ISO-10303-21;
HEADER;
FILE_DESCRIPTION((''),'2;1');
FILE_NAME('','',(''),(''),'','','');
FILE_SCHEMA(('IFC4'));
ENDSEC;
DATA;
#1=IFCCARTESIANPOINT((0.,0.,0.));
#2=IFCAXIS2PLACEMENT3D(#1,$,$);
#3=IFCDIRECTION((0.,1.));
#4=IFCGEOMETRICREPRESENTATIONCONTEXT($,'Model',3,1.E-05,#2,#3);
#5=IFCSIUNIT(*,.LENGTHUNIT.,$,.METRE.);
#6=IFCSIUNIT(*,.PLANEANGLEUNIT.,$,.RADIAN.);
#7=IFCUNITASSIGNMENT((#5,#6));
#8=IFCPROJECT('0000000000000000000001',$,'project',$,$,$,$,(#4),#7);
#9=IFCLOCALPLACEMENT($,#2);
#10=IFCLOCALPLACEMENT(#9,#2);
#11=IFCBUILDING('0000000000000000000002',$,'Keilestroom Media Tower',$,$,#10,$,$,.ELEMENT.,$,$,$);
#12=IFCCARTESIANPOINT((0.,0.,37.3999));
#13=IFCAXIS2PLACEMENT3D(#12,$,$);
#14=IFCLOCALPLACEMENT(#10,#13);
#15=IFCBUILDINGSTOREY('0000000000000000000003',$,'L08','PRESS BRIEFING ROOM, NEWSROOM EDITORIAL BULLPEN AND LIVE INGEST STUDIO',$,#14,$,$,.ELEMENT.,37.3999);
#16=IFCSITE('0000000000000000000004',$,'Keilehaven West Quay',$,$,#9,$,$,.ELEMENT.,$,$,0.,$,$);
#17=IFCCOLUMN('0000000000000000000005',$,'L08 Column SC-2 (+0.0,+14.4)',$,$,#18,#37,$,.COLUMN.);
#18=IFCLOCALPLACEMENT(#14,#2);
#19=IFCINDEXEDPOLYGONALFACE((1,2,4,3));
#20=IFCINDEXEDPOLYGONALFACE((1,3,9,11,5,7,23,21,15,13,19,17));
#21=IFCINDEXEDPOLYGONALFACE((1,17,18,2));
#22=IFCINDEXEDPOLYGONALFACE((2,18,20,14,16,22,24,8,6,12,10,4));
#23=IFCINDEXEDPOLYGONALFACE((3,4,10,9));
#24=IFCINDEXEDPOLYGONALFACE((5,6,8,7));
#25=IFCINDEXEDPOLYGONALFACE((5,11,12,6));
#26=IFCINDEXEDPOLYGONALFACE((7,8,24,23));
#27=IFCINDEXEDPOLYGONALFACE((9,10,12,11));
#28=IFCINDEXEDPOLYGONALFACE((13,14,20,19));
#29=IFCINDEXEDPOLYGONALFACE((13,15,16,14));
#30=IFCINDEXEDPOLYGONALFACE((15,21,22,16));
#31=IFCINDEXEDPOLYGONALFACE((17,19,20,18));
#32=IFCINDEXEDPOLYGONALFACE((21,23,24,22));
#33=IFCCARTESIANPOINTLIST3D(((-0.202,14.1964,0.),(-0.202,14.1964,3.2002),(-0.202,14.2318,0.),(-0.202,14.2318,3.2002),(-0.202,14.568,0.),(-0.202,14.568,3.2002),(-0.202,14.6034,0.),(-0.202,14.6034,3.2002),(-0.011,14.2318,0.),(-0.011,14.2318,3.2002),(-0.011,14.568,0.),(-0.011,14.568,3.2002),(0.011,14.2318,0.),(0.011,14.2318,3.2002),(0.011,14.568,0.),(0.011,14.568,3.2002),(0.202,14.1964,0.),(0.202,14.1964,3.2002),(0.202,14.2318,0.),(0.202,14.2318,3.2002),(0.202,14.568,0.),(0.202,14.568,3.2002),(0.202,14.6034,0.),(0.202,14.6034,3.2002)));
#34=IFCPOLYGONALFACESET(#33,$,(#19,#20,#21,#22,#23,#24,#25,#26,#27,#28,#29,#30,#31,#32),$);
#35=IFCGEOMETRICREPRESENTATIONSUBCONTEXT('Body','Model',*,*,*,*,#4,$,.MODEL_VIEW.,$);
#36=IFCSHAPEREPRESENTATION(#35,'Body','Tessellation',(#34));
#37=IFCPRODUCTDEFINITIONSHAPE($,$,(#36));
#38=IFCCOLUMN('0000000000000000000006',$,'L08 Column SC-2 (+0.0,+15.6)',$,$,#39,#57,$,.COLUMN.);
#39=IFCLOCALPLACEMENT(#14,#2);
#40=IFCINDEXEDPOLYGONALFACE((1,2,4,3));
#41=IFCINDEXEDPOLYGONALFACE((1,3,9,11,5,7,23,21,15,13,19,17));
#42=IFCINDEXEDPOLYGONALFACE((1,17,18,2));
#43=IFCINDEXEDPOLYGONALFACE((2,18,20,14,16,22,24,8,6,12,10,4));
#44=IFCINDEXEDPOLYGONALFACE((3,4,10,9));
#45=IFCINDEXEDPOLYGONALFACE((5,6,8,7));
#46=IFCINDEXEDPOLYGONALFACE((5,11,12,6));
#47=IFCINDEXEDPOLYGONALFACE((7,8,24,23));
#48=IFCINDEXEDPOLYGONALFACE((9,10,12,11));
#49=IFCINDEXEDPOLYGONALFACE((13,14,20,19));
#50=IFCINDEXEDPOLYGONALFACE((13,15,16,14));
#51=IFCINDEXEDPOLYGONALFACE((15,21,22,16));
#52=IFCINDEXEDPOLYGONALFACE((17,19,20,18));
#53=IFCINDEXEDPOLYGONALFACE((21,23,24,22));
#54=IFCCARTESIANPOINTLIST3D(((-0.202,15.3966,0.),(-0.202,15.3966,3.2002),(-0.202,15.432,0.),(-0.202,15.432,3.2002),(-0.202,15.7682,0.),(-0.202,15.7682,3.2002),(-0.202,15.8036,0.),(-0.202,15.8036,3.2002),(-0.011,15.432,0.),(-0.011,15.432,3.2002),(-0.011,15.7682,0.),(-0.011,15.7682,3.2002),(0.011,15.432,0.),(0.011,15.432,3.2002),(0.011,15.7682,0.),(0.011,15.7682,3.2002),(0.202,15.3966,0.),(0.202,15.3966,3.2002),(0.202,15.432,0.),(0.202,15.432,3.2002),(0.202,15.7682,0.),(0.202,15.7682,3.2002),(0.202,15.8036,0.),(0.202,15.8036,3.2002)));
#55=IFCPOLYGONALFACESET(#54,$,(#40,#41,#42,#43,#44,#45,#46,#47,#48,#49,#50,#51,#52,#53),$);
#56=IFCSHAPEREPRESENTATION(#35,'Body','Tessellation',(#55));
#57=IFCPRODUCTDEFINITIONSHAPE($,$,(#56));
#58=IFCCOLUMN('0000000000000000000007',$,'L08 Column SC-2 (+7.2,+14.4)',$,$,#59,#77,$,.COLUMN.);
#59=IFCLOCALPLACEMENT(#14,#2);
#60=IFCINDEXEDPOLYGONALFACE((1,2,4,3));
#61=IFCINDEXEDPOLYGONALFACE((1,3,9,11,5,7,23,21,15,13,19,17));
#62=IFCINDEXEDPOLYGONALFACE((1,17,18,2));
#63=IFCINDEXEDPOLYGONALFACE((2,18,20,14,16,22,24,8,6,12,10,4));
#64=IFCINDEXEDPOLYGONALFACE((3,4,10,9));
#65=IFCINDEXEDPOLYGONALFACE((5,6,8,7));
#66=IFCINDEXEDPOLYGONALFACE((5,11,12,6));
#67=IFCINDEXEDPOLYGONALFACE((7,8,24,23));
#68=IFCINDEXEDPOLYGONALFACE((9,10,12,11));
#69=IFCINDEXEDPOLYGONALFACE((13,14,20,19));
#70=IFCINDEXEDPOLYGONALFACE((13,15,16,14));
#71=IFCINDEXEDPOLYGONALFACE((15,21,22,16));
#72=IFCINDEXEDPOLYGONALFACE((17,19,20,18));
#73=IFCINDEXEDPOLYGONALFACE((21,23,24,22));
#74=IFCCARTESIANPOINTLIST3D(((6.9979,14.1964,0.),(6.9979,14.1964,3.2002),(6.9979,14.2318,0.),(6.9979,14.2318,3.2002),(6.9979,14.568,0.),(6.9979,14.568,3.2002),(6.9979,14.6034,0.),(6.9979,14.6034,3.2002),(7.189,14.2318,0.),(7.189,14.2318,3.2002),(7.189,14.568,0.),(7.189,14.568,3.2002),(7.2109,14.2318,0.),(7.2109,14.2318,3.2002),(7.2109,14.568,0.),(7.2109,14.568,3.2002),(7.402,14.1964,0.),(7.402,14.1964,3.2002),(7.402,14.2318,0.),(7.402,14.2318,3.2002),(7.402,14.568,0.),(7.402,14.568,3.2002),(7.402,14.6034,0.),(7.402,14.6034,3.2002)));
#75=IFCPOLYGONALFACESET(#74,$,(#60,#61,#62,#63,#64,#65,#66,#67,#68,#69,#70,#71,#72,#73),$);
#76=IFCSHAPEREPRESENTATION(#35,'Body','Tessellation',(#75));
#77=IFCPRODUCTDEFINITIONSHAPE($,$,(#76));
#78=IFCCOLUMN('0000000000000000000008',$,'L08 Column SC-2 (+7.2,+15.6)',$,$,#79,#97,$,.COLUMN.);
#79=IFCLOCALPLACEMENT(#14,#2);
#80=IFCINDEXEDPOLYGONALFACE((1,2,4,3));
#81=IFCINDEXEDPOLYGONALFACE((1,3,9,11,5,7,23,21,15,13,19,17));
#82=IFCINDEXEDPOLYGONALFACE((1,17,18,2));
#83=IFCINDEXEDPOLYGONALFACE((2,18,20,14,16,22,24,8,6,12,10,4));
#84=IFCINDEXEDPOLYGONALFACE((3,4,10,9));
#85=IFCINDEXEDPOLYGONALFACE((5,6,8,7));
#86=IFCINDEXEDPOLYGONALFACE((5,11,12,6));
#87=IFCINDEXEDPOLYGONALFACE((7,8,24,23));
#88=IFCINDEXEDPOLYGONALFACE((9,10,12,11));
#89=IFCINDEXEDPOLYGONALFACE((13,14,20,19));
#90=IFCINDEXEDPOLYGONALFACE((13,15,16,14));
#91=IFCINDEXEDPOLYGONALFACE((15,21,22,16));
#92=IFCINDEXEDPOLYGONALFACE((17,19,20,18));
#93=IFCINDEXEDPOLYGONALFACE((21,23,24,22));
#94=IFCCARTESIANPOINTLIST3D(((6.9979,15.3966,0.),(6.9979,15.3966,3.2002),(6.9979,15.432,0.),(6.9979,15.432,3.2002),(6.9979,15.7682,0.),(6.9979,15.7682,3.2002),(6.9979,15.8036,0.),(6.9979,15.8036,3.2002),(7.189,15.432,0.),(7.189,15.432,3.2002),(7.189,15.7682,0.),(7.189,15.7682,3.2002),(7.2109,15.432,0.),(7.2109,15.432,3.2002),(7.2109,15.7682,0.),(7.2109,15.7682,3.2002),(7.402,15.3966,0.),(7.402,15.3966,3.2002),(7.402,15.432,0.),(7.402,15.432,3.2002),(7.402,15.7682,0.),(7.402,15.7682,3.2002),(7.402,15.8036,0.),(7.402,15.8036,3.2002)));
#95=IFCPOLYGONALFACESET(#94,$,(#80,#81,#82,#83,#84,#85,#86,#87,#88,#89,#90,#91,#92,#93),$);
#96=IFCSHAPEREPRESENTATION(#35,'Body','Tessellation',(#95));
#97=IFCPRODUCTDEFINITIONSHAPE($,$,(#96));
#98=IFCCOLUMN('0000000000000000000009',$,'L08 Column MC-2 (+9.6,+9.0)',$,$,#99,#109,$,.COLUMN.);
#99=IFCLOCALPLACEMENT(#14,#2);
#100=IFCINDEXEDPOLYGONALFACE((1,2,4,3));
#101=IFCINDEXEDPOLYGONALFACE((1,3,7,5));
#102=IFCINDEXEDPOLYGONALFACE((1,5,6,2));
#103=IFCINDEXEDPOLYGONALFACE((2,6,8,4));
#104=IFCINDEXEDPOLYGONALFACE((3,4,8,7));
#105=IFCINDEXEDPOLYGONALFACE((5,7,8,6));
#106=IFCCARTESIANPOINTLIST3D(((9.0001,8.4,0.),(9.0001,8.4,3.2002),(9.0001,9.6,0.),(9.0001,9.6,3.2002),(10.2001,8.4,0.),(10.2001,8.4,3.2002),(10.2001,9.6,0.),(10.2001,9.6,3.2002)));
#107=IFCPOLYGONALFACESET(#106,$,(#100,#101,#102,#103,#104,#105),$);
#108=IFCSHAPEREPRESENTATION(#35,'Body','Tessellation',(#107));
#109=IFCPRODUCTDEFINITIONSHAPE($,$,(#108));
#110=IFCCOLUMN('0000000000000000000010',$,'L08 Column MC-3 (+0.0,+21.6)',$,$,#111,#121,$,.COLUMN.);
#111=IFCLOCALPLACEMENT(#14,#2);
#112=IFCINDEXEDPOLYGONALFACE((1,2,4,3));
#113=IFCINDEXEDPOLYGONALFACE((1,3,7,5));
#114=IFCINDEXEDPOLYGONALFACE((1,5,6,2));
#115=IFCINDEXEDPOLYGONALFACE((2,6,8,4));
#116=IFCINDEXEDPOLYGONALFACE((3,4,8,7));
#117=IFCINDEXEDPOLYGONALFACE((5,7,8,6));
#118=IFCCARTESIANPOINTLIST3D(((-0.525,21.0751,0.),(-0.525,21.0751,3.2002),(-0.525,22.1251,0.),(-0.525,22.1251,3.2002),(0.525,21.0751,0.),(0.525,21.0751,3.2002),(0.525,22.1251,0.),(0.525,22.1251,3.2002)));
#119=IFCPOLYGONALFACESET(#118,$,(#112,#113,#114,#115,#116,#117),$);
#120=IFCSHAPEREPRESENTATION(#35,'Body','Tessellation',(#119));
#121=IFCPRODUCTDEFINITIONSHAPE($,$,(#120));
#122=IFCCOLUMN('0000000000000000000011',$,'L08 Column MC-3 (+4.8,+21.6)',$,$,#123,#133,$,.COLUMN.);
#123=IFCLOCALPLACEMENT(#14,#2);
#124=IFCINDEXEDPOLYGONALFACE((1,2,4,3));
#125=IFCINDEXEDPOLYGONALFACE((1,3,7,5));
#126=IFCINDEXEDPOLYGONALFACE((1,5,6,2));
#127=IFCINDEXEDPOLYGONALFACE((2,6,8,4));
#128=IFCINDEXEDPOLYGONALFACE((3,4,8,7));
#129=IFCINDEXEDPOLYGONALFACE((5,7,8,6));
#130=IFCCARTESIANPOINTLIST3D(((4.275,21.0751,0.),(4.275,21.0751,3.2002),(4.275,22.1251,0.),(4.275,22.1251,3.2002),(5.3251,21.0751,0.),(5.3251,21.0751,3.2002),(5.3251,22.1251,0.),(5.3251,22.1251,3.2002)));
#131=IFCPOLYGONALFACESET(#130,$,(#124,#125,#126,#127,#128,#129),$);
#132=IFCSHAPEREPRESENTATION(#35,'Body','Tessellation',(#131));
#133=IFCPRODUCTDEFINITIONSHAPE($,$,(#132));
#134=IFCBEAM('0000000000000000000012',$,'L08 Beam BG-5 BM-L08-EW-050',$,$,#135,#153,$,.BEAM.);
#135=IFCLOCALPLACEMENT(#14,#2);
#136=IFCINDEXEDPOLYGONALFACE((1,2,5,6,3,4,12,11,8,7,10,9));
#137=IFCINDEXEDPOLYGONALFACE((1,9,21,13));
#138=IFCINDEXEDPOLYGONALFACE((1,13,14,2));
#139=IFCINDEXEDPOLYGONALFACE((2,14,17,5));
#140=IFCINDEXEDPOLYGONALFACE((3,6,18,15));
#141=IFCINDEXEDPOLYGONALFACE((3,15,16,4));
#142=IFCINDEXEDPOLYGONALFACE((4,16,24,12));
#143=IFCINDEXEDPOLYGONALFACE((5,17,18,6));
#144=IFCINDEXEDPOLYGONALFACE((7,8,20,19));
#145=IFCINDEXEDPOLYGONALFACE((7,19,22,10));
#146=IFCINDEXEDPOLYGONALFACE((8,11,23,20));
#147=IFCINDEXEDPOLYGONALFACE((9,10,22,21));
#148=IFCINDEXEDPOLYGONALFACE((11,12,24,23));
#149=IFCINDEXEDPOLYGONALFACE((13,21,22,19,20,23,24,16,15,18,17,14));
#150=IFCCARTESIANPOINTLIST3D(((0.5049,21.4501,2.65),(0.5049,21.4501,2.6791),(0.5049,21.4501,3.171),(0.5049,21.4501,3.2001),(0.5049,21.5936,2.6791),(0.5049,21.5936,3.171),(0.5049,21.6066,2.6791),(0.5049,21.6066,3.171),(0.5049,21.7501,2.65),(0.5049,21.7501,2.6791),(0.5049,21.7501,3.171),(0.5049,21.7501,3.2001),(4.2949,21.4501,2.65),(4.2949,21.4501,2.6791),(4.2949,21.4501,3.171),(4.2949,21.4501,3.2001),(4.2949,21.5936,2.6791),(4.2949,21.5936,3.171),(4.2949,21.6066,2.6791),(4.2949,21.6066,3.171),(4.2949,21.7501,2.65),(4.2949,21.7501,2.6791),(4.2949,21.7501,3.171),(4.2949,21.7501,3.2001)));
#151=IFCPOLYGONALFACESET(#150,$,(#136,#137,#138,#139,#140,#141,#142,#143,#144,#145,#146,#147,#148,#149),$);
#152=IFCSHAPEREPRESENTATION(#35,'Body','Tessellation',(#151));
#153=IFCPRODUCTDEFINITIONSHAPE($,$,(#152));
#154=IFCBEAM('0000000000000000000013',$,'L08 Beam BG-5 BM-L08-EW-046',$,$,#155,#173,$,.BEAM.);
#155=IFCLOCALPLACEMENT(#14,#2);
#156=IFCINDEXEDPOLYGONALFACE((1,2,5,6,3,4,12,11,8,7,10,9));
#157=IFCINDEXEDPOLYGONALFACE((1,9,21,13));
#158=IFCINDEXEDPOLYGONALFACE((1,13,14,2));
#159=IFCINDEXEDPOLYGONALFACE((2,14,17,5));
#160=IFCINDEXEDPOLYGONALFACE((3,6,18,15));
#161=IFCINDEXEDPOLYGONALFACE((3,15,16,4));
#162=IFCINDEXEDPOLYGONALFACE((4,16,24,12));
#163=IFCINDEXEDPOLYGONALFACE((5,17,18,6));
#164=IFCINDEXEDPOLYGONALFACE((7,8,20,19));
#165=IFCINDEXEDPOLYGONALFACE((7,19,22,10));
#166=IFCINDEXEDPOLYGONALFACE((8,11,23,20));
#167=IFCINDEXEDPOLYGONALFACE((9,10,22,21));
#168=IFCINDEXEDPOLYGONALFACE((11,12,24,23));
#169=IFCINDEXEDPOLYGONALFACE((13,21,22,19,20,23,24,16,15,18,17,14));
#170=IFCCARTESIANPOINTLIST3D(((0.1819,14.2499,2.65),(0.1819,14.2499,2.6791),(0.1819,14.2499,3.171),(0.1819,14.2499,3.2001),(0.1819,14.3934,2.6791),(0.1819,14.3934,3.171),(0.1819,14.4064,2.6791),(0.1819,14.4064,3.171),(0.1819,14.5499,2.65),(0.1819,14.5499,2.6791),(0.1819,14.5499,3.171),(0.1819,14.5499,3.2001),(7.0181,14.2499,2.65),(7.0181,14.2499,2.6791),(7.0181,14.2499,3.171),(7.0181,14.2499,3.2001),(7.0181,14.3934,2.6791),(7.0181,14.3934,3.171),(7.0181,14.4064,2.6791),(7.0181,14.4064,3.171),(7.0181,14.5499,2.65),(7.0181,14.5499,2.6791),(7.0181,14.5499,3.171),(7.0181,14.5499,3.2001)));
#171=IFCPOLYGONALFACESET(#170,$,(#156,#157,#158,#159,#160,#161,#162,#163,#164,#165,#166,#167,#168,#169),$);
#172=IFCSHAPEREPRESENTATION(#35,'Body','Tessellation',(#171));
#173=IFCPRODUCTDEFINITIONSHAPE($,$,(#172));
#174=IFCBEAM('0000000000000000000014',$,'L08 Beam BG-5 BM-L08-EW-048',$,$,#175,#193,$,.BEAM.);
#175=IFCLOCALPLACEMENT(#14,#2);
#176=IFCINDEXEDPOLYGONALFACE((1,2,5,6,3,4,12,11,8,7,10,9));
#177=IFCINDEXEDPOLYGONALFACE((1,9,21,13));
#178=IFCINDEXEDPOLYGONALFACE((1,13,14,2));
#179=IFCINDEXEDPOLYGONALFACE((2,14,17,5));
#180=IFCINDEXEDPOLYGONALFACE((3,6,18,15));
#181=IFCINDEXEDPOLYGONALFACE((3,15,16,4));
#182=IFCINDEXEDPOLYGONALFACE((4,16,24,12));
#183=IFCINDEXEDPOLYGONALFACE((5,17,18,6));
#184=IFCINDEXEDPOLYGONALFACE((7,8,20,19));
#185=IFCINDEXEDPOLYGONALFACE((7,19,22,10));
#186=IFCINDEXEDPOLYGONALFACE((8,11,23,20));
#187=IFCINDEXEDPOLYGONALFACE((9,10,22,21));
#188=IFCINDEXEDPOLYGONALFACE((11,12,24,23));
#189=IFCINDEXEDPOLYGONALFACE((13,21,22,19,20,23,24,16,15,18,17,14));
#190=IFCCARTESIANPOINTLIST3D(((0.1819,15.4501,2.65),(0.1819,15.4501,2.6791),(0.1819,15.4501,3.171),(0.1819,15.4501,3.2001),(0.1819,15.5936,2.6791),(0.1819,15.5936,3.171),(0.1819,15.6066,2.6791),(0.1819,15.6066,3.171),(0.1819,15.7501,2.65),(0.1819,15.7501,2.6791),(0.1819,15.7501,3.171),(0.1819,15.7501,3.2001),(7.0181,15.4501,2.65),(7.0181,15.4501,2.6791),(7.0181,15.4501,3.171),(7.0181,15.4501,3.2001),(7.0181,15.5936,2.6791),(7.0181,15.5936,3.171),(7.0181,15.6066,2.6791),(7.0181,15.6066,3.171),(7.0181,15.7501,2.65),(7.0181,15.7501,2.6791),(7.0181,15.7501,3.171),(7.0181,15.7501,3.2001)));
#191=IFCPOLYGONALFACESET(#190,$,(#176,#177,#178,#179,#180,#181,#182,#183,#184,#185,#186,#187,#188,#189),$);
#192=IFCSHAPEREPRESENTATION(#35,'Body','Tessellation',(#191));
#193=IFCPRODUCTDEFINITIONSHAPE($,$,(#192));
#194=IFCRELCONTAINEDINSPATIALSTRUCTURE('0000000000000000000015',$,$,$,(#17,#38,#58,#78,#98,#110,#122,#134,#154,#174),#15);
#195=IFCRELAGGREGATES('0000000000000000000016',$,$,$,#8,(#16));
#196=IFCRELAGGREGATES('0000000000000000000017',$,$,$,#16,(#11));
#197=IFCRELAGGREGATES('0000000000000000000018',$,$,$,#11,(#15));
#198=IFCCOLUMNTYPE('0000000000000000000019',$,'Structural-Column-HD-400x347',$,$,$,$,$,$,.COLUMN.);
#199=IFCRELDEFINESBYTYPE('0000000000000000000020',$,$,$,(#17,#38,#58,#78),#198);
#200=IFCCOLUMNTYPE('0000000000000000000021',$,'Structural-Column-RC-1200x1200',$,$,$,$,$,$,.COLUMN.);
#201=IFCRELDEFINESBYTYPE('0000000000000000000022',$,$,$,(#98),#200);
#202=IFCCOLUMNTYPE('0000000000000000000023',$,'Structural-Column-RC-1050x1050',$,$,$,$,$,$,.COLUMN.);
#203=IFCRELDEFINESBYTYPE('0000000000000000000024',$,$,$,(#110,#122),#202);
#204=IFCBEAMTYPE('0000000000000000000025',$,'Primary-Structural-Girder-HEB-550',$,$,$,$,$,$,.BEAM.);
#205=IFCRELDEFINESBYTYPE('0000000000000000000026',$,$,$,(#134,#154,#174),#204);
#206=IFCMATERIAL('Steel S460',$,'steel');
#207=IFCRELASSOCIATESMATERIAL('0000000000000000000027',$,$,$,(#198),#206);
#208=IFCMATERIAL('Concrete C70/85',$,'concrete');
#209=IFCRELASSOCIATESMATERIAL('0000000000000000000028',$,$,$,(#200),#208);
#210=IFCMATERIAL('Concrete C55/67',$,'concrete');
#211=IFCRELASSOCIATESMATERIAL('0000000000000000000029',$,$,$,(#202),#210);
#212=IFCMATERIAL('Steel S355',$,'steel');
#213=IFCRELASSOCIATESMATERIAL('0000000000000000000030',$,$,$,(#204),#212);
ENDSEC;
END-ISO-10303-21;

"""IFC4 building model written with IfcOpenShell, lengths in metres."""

from ifc_helpers import new_model, si_unit, direction, frame, origin, origin_2d, place, context, subcontext, project, spatial, rectangle, i_section, extrude, source, transform, mapped, material, material_profile, profile_set, type_object, element, save


model = new_model("IFC4")

# Units and contexts
model_context = context("Model", 3, precision=1e-05, world=origin(), true_north=direction((0.0, 1.0)))
body_context = subcontext(model_context, "Body", "Model", "MODEL_VIEW")
ifc_project = project(units=[si_unit("LENGTHUNIT", "METRE"), si_unit("PLANEANGLEUNIT", "RADIAN")], contexts=[model_context])

# Site, building, storey
site_placement = place(None, origin())
site = spatial("IfcSite", under=ifc_project, at=site_placement, Name="Keilehaven West Quay", CompositionType="ELEMENT", RefElevation=0.0)
building_placement = place(site_placement, origin())
building = spatial("IfcBuilding", under=site, at=building_placement, Name="Keilestroom Media Tower", CompositionType="ELEMENT")
storey_placement = place(building_placement, frame((0.0, 0.0, 37.3999)))
storey = spatial("IfcBuildingStorey", under=building, at=storey_placement, Name="L08", Description="PRESS BRIEFING ROOM, NEWSROOM EDITORIAL BULLPEN AND LIVE INGEST STUDIO", CompositionType="ELEMENT", Elevation=37.3999)

# Columns
ifc_material_1 = material(Name="Steel S460", Category="steel")
ifc_material_profile_1 = material_profile(ifc_material_1, i_section(OverallWidth=0.4041, OverallDepth=0.407, WebThickness=0.022, FlangeThickness=0.0354, at=origin_2d()), Name="HD 400x347")
ifc_profile_set_1 = profile_set([ifc_material_profile_1], Name="Steel S460")
column_type_1 = type_object("IfcColumnType", Name="Structural-Column-HD-400x347", PredefinedType="COLUMN", material=ifc_profile_set_1)
shared_shape_1 = source(origin(), body_context, "Body", "SweptSolid", [
    extrude(i_section(OverallWidth=0.4041, OverallDepth=0.407, WebThickness=0.022, FlangeThickness=0.0354, at=origin_2d()), origin(), (0.0, 0.0, 1.0), 3.2002),
])
for number, where, z_axis, x_axis, name in (
    (1, (0.0, 14.3999, 0.0), (0.0, 0.0, 1.0), (1.0, 0.0, 0.0), "L08 Column SC-2 (+0.0,+14.4)"),
    (2, (0.0, 15.6001, 0.0), (0.0, 0.0, 1.0), (1.0, 0.0, 0.0), "L08 Column SC-2 (+0.0,+15.6)"),
    (3, (7.2, 14.3999, 0.0), (0.0, 0.0, 1.0), (1.0, 0.0, 0.0), "L08 Column SC-2 (+7.2,+14.4)"),
    (4, (7.2, 15.6001, 0.0), (0.0, 0.0, 1.0), (1.0, 0.0, 0.0), "L08 Column SC-2 (+7.2,+15.6)"),
):
    element("IfcColumn", number, at=place(storey_placement, frame(where, z_axis=z_axis, x_axis=x_axis)), inside=storey, type_object=column_type_1, Name=name, PredefinedType="COLUMN", context=body_context, shape_type="MappedRepresentation", body=[
        mapped(shared_shape_1, transform((0.0, 0.0, 0.0), x_axis=(1.0, 0.0, 0.0), y_axis=(0.0, 1.0, 0.0), z_axis=(0.0, 0.0, 1.0), scale=1.0)),
    ])
ifc_material_2 = material(Name="Concrete C70/85", Category="concrete")
ifc_material_profile_2 = material_profile(ifc_material_2, rectangle(XDim=1.2, YDim=1.2, at=origin_2d()), Name="RC 1200x1200")
ifc_profile_set_2 = profile_set([ifc_material_profile_2], Name="Concrete C70/85")
column_type_2 = type_object("IfcColumnType", Name="Structural-Column-RC-1200x1200", PredefinedType="COLUMN", material=ifc_profile_set_2)
shared_shape_2 = source(origin(), body_context, "Body", "SweptSolid", [
    extrude(rectangle(XDim=1.2, YDim=1.2, at=origin_2d()), origin(), (0.0, 0.0, 1.0), 3.2002),
])
column_placement = place(storey_placement, frame((9.6001, 9.0, 0.0), z_axis=(0.0, 0.0, 1.0), x_axis=(1.0, 0.0, 0.0)))
element("IfcColumn", 5, at=column_placement, inside=storey, type_object=column_type_2, Name="L08 Column MC-2 (+9.6,+9.0)", PredefinedType="COLUMN", context=body_context, shape_type="MappedRepresentation", body=[
    mapped(shared_shape_2, transform((0.0, 0.0, 0.0), x_axis=(1.0, 0.0, 0.0), y_axis=(0.0, 1.0, 0.0), z_axis=(0.0, 0.0, 1.0), scale=1.0)),
])
ifc_material_3 = material(Name="Concrete C55/67", Category="concrete")
ifc_material_profile_3 = material_profile(ifc_material_3, rectangle(XDim=1.05, YDim=1.05, at=origin_2d()), Name="RC 1050x1050")
ifc_profile_set_3 = profile_set([ifc_material_profile_3], Name="Concrete C55/67")
column_type_3 = type_object("IfcColumnType", Name="Structural-Column-RC-1050x1050", PredefinedType="COLUMN", material=ifc_profile_set_3)
shared_shape_3 = source(origin(), body_context, "Body", "SweptSolid", [
    extrude(rectangle(XDim=1.05, YDim=1.05, at=origin_2d()), origin(), (0.0, 0.0, 1.0), 3.2002),
])
for number, where, z_axis, x_axis, name in (
    (6, (0.0, 21.6001, 0.0), (0.0, 0.0, 1.0), (1.0, 0.0, 0.0), "L08 Column MC-3 (+0.0,+21.6)"),
    (7, (4.8, 21.6001, 0.0), (0.0, 0.0, 1.0), (1.0, 0.0, 0.0), "L08 Column MC-3 (+4.8,+21.6)"),
):
    element("IfcColumn", number, at=place(storey_placement, frame(where, z_axis=z_axis, x_axis=x_axis)), inside=storey, type_object=column_type_3, Name=name, PredefinedType="COLUMN", context=body_context, shape_type="MappedRepresentation", body=[
        mapped(shared_shape_3, transform((0.0, 0.0, 0.0), x_axis=(1.0, 0.0, 0.0), y_axis=(0.0, 1.0, 0.0), z_axis=(0.0, 0.0, 1.0), scale=1.0)),
    ])

# Beams
ifc_material_4 = material(Name="Steel S355", Category="steel")
ifc_material_profile_4 = material_profile(ifc_material_4, i_section(OverallWidth=0.3, OverallDepth=0.55, WebThickness=0.0129, FlangeThickness=0.0291, at=origin_2d()), Name="HEB 550")
ifc_profile_set_4 = profile_set([ifc_material_profile_4], Name="Steel S355")
beam_type_1 = type_object("IfcBeamType", Name="Primary-Structural-Girder-HEB-550", PredefinedType="BEAM", material=ifc_profile_set_4)
shared_shape_4 = source(origin(), body_context, "Body", "SweptSolid", [
    extrude(i_section(OverallWidth=0.3, OverallDepth=0.55, WebThickness=0.0129, FlangeThickness=0.0291, at=origin_2d()), origin(), (0.0, 0.0, 1.0), 3.79),
])
beam_1_placement = place(storey_placement, frame((0.5049, 21.6001, 2.925), z_axis=(1.0, 0.0, 0.0), x_axis=(0.0, 1.0, 0.0)))
element("IfcBeam", 8, at=beam_1_placement, inside=storey, type_object=beam_type_1, Name="L08 Beam BG-5 BM-L08-EW-050", PredefinedType="BEAM", context=body_context, shape_type="MappedRepresentation", body=[
    mapped(shared_shape_4, transform((0.0, 0.0, 0.0), x_axis=(1.0, 0.0, 0.0), y_axis=(0.0, 1.0, 0.0), z_axis=(0.0, 0.0, 1.0), scale=1.0)),
])
shared_shape_5 = source(origin(), body_context, "Body", "SweptSolid", [
    extrude(i_section(OverallWidth=0.3, OverallDepth=0.55, WebThickness=0.0129, FlangeThickness=0.0291, at=origin_2d()), origin(), (0.0, 0.0, 1.0), 6.8362),
])
for number, where, z_axis, x_axis, name in (
    (9, (0.1819, 14.3999, 2.925), (1.0, 0.0, 0.0), (0.0, 1.0, 0.0), "L08 Beam BG-5 BM-L08-EW-046"),
    (10, (0.1819, 15.6001, 2.925), (1.0, 0.0, 0.0), (0.0, 1.0, 0.0), "L08 Beam BG-5 BM-L08-EW-048"),
):
    element("IfcBeam", number, at=place(storey_placement, frame(where, z_axis=z_axis, x_axis=x_axis)), inside=storey, type_object=beam_type_1, Name=name, PredefinedType="BEAM", context=body_context, shape_type="MappedRepresentation", body=[
        mapped(shared_shape_5, transform((0.0, 0.0, 0.0), x_axis=(1.0, 0.0, 0.0), y_axis=(0.0, 1.0, 0.0), z_axis=(0.0, 0.0, 1.0), scale=1.0)),
    ])

save(model, "model.ifc")
